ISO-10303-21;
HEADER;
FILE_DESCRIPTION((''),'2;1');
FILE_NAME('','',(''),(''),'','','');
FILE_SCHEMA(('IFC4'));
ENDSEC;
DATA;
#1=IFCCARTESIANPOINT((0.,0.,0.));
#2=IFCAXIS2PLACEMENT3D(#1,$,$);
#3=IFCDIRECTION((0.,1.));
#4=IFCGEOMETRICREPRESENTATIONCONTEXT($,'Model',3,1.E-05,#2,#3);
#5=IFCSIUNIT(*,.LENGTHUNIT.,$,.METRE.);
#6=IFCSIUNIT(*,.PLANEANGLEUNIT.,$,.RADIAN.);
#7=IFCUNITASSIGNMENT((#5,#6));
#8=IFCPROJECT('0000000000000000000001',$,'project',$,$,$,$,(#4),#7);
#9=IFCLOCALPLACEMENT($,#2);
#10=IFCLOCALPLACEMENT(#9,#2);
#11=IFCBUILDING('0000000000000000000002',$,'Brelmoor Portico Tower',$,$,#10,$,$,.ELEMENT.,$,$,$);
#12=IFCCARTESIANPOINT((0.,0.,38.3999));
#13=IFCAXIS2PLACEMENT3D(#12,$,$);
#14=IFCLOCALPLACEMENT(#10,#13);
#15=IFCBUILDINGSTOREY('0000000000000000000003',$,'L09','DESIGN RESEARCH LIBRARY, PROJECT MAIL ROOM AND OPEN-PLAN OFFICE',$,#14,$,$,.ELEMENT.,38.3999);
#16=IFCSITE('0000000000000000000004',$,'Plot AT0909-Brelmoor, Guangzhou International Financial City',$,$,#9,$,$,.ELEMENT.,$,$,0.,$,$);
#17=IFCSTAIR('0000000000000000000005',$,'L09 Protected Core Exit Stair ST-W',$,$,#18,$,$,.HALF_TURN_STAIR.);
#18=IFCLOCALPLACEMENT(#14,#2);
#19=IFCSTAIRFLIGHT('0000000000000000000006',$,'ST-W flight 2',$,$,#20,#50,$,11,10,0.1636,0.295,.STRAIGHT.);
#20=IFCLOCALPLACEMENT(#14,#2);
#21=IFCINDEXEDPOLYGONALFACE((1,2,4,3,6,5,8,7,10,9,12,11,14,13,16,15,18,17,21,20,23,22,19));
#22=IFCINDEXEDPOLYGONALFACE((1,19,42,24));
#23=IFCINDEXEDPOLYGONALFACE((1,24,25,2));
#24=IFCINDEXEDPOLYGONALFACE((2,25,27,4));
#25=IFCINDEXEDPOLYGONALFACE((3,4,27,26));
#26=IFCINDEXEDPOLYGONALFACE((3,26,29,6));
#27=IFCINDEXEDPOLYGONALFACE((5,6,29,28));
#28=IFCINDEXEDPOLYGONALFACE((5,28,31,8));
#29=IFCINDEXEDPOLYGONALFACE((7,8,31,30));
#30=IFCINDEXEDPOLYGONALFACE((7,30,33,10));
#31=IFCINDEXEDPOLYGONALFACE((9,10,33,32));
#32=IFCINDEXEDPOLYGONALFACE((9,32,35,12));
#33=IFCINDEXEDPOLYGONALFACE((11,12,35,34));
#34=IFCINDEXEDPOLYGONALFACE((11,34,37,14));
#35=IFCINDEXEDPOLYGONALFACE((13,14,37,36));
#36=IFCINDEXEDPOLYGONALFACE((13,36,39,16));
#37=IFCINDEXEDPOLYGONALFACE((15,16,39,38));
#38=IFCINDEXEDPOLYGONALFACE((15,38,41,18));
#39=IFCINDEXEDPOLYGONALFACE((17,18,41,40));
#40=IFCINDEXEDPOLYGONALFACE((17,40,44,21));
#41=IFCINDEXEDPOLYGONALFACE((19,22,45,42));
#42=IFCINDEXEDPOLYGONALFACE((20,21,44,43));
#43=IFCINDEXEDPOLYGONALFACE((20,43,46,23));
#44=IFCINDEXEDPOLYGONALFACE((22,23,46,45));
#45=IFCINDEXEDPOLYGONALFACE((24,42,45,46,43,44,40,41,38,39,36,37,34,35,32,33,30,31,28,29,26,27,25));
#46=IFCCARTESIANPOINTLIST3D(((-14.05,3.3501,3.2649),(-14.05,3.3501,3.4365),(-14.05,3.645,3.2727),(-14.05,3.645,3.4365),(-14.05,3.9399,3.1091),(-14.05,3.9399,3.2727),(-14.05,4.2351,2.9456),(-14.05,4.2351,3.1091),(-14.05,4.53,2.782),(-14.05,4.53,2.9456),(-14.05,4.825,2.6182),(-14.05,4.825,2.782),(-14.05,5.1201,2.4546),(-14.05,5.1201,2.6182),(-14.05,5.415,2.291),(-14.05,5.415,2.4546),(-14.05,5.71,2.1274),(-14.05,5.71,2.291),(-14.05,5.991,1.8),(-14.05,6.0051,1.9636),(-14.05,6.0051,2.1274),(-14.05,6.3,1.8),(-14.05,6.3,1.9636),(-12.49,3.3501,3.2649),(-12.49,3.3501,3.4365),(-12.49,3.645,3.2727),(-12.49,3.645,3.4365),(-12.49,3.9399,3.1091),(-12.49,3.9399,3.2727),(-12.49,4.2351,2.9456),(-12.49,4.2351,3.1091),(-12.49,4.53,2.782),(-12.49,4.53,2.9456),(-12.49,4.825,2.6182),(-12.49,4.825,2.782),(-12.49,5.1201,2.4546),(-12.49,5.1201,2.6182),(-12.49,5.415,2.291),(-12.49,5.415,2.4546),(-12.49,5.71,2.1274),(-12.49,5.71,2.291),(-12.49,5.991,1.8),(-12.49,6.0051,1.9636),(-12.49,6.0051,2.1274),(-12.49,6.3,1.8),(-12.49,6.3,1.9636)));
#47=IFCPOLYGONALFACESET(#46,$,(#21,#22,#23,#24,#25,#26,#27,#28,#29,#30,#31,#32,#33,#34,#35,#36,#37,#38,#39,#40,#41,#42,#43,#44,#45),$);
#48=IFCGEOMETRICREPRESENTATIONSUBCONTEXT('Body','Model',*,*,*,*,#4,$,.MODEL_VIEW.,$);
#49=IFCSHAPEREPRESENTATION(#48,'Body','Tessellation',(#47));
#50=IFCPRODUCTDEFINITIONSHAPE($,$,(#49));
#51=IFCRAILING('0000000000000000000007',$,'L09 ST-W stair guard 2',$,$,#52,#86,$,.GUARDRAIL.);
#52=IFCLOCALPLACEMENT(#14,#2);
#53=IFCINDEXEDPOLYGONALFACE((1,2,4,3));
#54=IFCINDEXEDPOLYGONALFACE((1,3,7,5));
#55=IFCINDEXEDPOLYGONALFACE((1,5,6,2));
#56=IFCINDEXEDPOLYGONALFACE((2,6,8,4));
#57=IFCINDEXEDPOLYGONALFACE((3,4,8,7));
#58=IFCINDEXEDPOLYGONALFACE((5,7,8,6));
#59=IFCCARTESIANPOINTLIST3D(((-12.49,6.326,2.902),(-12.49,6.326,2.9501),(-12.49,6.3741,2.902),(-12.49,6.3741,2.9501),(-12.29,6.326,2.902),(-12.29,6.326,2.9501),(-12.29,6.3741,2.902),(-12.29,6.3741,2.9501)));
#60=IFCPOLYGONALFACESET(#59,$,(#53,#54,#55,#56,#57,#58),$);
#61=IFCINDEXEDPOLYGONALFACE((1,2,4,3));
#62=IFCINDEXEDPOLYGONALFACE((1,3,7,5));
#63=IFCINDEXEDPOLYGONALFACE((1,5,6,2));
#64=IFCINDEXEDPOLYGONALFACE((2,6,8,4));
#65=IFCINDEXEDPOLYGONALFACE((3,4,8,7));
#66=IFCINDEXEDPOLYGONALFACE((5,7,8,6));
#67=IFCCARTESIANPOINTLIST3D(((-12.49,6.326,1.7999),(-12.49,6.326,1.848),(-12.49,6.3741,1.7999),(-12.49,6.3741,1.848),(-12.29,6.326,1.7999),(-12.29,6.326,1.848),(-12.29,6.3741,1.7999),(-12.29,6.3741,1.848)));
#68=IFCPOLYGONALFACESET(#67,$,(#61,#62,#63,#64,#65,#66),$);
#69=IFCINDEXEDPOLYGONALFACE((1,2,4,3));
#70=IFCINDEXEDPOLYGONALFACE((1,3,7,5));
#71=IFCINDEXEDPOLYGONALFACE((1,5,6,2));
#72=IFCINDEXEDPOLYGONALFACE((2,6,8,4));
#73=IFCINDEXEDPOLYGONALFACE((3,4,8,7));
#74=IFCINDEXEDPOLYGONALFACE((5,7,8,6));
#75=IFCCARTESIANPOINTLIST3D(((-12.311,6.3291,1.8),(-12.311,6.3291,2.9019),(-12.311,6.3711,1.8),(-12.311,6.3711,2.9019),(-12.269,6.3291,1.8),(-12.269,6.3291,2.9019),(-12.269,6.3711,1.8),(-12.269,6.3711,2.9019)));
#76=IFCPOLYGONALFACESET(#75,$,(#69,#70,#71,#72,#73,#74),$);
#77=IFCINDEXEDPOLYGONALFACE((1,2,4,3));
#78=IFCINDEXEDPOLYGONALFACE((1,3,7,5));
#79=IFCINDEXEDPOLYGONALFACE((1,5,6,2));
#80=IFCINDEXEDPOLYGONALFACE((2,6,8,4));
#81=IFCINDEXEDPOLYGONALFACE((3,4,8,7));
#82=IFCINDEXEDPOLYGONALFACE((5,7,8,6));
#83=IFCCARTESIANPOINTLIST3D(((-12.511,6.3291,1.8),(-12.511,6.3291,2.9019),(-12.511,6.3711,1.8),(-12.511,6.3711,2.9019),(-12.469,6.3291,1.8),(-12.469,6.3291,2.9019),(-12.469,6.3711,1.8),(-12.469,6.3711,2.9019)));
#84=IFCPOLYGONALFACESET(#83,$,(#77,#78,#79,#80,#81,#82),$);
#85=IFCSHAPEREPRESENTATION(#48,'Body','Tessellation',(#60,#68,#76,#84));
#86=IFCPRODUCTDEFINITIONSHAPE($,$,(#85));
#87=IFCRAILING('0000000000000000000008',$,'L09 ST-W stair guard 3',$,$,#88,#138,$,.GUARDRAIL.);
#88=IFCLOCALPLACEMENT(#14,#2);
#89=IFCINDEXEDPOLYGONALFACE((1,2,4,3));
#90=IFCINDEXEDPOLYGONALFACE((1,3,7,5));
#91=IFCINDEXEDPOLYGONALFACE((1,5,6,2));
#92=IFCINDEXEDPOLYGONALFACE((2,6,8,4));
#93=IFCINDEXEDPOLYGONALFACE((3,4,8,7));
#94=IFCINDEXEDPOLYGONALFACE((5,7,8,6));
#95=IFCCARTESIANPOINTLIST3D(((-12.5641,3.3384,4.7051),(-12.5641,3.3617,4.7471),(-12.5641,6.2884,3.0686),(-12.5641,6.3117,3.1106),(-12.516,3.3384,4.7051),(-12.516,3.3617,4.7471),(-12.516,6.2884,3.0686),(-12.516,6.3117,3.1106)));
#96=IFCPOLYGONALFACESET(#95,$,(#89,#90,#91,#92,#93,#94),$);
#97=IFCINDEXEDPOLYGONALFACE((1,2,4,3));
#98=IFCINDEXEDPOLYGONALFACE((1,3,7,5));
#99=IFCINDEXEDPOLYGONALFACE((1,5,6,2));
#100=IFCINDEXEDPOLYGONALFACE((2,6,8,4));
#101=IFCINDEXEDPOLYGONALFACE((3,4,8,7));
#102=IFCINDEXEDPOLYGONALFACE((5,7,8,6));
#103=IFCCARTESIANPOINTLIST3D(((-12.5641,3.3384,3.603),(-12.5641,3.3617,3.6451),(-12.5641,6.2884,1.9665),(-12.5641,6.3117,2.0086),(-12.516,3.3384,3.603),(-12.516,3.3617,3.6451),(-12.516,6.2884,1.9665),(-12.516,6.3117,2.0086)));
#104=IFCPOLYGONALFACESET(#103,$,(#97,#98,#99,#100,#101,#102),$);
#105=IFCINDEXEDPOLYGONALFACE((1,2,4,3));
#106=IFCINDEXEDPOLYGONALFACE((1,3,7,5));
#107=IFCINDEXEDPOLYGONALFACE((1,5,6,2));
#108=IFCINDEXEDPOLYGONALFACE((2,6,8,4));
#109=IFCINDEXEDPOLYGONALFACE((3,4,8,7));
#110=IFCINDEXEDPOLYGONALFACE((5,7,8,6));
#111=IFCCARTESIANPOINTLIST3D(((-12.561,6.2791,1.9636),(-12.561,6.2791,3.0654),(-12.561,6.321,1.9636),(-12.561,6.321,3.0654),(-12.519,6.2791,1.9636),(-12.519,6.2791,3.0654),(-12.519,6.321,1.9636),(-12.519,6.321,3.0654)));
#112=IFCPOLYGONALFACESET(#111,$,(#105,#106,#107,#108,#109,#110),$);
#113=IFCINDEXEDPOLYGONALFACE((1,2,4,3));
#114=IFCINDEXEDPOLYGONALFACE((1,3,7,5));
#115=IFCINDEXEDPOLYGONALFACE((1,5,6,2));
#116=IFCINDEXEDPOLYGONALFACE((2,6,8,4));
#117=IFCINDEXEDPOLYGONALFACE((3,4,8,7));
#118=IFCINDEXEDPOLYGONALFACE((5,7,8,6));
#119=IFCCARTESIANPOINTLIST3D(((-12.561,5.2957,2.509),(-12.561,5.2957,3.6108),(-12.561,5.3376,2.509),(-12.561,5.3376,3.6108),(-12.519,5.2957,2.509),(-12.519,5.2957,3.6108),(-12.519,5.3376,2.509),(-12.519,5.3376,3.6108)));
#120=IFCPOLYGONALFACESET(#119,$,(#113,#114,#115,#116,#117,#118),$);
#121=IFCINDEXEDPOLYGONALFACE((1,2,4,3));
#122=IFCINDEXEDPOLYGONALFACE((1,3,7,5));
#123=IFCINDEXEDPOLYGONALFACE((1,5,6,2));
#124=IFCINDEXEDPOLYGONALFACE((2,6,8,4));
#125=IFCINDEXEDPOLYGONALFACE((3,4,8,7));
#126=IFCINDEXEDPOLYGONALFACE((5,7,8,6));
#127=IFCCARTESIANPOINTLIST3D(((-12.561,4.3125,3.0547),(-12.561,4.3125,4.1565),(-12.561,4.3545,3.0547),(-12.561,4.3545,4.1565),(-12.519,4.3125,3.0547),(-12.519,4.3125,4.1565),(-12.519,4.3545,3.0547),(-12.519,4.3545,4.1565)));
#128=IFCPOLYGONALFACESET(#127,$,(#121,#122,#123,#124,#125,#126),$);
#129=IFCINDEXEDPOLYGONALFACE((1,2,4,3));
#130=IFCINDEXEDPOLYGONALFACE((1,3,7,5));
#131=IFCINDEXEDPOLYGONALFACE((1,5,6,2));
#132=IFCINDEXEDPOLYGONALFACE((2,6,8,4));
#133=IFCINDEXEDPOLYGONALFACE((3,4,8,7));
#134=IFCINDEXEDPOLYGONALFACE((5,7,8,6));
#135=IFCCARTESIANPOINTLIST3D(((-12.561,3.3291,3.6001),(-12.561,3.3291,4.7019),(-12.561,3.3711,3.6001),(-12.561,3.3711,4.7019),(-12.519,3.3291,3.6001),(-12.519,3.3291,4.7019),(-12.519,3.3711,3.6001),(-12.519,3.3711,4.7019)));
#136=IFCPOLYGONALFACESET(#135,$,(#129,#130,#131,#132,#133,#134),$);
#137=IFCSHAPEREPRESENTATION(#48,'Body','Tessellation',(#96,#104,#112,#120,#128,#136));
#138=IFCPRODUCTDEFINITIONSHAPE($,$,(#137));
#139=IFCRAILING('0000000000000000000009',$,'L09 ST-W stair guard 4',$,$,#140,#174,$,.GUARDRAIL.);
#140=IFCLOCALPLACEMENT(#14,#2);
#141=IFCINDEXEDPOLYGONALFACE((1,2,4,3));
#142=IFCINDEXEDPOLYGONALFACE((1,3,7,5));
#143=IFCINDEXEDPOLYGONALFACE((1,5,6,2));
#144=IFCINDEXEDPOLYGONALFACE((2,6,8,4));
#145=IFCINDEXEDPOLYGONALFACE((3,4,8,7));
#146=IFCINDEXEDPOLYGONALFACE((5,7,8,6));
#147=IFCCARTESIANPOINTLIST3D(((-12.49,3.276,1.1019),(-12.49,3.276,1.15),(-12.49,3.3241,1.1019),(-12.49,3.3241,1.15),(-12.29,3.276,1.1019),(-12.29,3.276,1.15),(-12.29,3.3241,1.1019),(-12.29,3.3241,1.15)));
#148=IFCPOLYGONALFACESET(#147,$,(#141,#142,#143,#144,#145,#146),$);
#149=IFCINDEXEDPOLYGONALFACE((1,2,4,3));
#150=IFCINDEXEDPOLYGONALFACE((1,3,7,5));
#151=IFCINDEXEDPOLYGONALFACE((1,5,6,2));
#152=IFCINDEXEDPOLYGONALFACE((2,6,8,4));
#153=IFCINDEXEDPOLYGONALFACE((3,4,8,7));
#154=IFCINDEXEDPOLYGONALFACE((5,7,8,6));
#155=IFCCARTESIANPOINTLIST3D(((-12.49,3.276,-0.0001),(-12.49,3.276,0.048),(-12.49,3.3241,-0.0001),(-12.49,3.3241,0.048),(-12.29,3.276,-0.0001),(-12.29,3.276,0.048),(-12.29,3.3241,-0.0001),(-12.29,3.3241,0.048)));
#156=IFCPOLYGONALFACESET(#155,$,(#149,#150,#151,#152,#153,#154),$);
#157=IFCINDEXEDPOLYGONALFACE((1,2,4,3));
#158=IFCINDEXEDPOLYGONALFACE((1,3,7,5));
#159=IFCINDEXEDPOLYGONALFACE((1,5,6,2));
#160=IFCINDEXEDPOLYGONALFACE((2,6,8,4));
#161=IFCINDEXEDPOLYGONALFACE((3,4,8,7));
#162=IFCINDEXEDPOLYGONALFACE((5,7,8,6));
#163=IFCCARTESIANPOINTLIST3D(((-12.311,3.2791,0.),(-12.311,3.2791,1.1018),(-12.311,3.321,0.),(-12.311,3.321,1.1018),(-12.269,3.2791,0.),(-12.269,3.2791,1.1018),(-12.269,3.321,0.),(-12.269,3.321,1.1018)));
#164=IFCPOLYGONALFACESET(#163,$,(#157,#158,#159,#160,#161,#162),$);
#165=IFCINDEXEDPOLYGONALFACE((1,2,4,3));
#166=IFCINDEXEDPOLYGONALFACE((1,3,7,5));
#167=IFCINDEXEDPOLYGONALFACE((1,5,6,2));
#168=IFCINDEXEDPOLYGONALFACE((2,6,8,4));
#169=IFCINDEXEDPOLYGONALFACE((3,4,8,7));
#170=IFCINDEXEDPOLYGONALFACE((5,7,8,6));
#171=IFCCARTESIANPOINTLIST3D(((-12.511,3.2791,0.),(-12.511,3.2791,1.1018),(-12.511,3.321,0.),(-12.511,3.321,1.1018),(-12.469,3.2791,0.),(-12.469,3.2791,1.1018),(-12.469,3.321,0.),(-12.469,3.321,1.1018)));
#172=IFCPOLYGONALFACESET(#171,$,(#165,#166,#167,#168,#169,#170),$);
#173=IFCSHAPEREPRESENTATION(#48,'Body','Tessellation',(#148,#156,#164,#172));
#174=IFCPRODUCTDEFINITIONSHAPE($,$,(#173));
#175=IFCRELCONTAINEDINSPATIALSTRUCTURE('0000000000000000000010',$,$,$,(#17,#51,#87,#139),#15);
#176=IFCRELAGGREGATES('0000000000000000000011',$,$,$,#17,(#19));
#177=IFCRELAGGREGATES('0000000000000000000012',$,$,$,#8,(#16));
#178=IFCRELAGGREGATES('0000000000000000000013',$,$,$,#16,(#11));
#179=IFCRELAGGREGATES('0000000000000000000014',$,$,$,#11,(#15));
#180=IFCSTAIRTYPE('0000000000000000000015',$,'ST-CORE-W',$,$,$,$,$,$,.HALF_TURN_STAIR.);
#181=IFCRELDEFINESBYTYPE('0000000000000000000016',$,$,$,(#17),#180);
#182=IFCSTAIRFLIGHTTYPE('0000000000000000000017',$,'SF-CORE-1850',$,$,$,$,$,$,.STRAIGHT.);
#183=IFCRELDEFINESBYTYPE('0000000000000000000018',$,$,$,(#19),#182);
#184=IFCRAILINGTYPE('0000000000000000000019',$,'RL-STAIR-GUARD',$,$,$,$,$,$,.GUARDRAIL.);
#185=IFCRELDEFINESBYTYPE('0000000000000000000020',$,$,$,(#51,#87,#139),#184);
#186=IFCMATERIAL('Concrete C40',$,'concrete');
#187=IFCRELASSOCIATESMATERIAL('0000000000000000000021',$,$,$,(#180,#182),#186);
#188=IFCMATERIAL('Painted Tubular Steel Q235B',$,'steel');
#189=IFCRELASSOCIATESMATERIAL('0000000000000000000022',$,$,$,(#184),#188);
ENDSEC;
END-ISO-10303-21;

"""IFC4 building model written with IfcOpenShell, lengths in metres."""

from ifc_helpers import new_model, si_unit, direction, frame, origin, origin_2d, place, context, subcontext, project, spatial, polyline, rectangle, outline, extrude, material, type_object, element, aggregate, save


model = new_model("IFC4")

# Units and contexts
model_context = context("Model", 3, precision=1e-05, world=origin(), true_north=direction((0.0, 1.0)))
body_context = subcontext(model_context, "Body", "Model", "MODEL_VIEW")
ifc_project = project(units=[si_unit("LENGTHUNIT", "METRE"), si_unit("PLANEANGLEUNIT", "RADIAN")], contexts=[model_context])

# Site, building, storey
site_placement = place(None, origin())
site = spatial("IfcSite", under=ifc_project, at=site_placement, Name="Plot AT0909-Brelmoor, Guangzhou International Financial City", CompositionType="ELEMENT", RefElevation=0.0)
building_placement = place(site_placement, origin())
building = spatial("IfcBuilding", under=site, at=building_placement, Name="Brelmoor Portico Tower", CompositionType="ELEMENT")
storey_placement = place(building_placement, frame((0.0, 0.0, 38.3999)))
storey = spatial("IfcBuildingStorey", under=building, at=storey_placement, Name="L09", Description="DESIGN RESEARCH LIBRARY, PROJECT MAIL ROOM AND OPEN-PLAN OFFICE", CompositionType="ELEMENT", Elevation=38.3999)

# Shared definitions
ifc_material_1 = material(Name="Concrete C40", Category="concrete")

# Stair, stair flight
stair_type = type_object("IfcStairType", Name="ST-CORE-W", PredefinedType="HALF_TURN_STAIR", material=ifc_material_1)
stair_placement = place(storey_placement, origin())
stair = element("IfcStair", 1, at=stair_placement, inside=storey, type_object=stair_type, Name="L09 Protected Core Exit Stair ST-W", PredefinedType="HALF_TURN_STAIR")
stair_flight_type = type_object("IfcStairFlightType", Name="SF-CORE-1850", PredefinedType="STRAIGHT", material=ifc_material_1)
stair_flight_placement = place(storey_placement, frame((-13.27, 6.3, 1.8), z_axis=(0.0, 0.0, 1.0), x_axis=(0.0, -1.0, 0.0)))
stair_flight = element("IfcStairFlight", 2, at=stair_flight_placement, type_object=stair_flight_type, Name="ST-W flight 2", NumberOfRisers=11, NumberOfTreads=10, PredefinedType="STRAIGHT", RiserHeight=0.1636, TreadLength=0.295, context=body_context, shape_type="SweptSolid", body=[
    extrude(outline(polyline([(0.0, 0.0), (0.0, 0.1636), (0.2949, 0.1636), (0.2949, 0.3274), (0.5901, 0.3274), (0.5901, 0.491), (0.885, 0.491), (0.885, 0.6545), (1.1799, 0.6545), (1.1799, 0.8181), (1.4751, 0.8181), (1.4751, 0.9819), (1.77, 0.9819), (1.77, 1.1455), (2.0649, 1.1455), (2.0649, 1.3091), (2.3601, 1.3091), (2.3601, 1.4727), (2.655, 1.4727), (2.655, 1.6365), (2.95, 1.6365), (2.95, 1.8), (2.95, 1.4648), (0.3091, 0.0), (0.0, 0.0)])), frame((0.0, 0.78, 0.0), z_axis=(0.0, -1.0, 0.0), x_axis=(1.0, 0.0, 0.0)), (0.0, 0.0, 1.0), 1.5601),
])
aggregate(stair, [stair_flight])

# Railings
ifc_material_2 = material(Name="Painted Tubular Steel Q235B", Category="steel")
railing_type_1 = type_object("IfcRailingType", Name="RL-STAIR-GUARD", PredefinedType="GUARDRAIL", material=ifc_material_2)
railing_1_placement = place(storey_placement, frame((-12.29, 6.3501, 1.8)))
element("IfcRailing", 3, at=railing_1_placement, inside=storey, type_object=railing_type_1, Name="L09 ST-W stair guard 2", PredefinedType="GUARDRAIL", context=body_context, shape_type="SweptSolid", body=[
    extrude(rectangle(XDim=0.0481, YDim=0.0481, at=origin_2d()), frame((0.0, 0.0, 1.126), z_axis=(-1.0, 0.0, 0.0), x_axis=(0.0, -1.0, 0.0)), (0.0, 0.0, 1.0), 0.2),
    extrude(rectangle(XDim=0.0481, YDim=0.0481, at=origin_2d()), frame((0.0, 0.0, 0.0239), z_axis=(-1.0, 0.0, 0.0), x_axis=(0.0, -1.0, 0.0)), (0.0, 0.0, 1.0), 0.2),
    extrude(rectangle(XDim=0.042, YDim=0.042, at=origin_2d()), origin(), (0.0, 0.0, 1.0), 1.1018),
    extrude(rectangle(XDim=0.042, YDim=0.042, at=origin_2d()), frame((-0.2, 0.0, 0.0)), (0.0, 0.0, 1.0), 1.1018),
])
railing_2_placement = place(storey_placement, frame((-12.54, 6.3, 1.9636)))
element("IfcRailing", 4, at=railing_2_placement, inside=storey, type_object=railing_type_1, Name="L09 ST-W stair guard 3", PredefinedType="GUARDRAIL", context=body_context, shape_type="SweptSolid", body=[
    extrude(rectangle(XDim=0.0481, YDim=0.0481, at=origin_2d()), frame((0.0, 0.0, 1.126), z_axis=(0.0, -0.874458, 0.485102), x_axis=(1.0, 0.0, 0.0)), (0.0, 0.0, 1.0), 3.3735),
    extrude(rectangle(XDim=0.0481, YDim=0.0481, at=origin_2d()), frame((0.0, 0.0, 0.0239), z_axis=(0.0, -0.874458, 0.485102), x_axis=(1.0, 0.0, 0.0)), (0.0, 0.0, 1.0), 3.3735),
    extrude(rectangle(XDim=0.042, YDim=0.042, at=origin_2d()), origin(), (0.0, 0.0, 1.0), 1.1018),
    extrude(rectangle(XDim=0.042, YDim=0.042, at=origin_2d()), frame((0.0, -0.9834, 0.5454)), (0.0, 0.0, 1.0), 1.1018),
    extrude(rectangle(XDim=0.042, YDim=0.042, at=origin_2d()), frame((0.0, -1.9666, 1.0911)), (0.0, 0.0, 1.0), 1.1018),
    extrude(rectangle(XDim=0.042, YDim=0.042, at=origin_2d()), frame((0.0, -2.95, 1.6365)), (0.0, 0.0, 1.0), 1.1018),
])
railing_3_placement = place(storey_placement, frame((-12.29, 3.3, 0.0)))
element("IfcRailing", 5, at=railing_3_placement, inside=storey, type_object=railing_type_1, Name="L09 ST-W stair guard 4", PredefinedType="GUARDRAIL", context=body_context, shape_type="SweptSolid", body=[
    extrude(rectangle(XDim=0.0481, YDim=0.0481, at=origin_2d()), frame((0.0, 0.0, 1.126), z_axis=(-1.0, 0.0, 0.0), x_axis=(0.0, -1.0, 0.0)), (0.0, 0.0, 1.0), 0.2),
    extrude(rectangle(XDim=0.0481, YDim=0.0481, at=origin_2d()), frame((0.0, 0.0, 0.0239), z_axis=(-1.0, 0.0, 0.0), x_axis=(0.0, -1.0, 0.0)), (0.0, 0.0, 1.0), 0.2),
    extrude(rectangle(XDim=0.042, YDim=0.042, at=origin_2d()), origin(), (0.0, 0.0, 1.0), 1.1018),
    extrude(rectangle(XDim=0.042, YDim=0.042, at=origin_2d()), frame((-0.2, 0.0, 0.0)), (0.0, 0.0, 1.0), 1.1018),
])

save(model, "model.ifc")
